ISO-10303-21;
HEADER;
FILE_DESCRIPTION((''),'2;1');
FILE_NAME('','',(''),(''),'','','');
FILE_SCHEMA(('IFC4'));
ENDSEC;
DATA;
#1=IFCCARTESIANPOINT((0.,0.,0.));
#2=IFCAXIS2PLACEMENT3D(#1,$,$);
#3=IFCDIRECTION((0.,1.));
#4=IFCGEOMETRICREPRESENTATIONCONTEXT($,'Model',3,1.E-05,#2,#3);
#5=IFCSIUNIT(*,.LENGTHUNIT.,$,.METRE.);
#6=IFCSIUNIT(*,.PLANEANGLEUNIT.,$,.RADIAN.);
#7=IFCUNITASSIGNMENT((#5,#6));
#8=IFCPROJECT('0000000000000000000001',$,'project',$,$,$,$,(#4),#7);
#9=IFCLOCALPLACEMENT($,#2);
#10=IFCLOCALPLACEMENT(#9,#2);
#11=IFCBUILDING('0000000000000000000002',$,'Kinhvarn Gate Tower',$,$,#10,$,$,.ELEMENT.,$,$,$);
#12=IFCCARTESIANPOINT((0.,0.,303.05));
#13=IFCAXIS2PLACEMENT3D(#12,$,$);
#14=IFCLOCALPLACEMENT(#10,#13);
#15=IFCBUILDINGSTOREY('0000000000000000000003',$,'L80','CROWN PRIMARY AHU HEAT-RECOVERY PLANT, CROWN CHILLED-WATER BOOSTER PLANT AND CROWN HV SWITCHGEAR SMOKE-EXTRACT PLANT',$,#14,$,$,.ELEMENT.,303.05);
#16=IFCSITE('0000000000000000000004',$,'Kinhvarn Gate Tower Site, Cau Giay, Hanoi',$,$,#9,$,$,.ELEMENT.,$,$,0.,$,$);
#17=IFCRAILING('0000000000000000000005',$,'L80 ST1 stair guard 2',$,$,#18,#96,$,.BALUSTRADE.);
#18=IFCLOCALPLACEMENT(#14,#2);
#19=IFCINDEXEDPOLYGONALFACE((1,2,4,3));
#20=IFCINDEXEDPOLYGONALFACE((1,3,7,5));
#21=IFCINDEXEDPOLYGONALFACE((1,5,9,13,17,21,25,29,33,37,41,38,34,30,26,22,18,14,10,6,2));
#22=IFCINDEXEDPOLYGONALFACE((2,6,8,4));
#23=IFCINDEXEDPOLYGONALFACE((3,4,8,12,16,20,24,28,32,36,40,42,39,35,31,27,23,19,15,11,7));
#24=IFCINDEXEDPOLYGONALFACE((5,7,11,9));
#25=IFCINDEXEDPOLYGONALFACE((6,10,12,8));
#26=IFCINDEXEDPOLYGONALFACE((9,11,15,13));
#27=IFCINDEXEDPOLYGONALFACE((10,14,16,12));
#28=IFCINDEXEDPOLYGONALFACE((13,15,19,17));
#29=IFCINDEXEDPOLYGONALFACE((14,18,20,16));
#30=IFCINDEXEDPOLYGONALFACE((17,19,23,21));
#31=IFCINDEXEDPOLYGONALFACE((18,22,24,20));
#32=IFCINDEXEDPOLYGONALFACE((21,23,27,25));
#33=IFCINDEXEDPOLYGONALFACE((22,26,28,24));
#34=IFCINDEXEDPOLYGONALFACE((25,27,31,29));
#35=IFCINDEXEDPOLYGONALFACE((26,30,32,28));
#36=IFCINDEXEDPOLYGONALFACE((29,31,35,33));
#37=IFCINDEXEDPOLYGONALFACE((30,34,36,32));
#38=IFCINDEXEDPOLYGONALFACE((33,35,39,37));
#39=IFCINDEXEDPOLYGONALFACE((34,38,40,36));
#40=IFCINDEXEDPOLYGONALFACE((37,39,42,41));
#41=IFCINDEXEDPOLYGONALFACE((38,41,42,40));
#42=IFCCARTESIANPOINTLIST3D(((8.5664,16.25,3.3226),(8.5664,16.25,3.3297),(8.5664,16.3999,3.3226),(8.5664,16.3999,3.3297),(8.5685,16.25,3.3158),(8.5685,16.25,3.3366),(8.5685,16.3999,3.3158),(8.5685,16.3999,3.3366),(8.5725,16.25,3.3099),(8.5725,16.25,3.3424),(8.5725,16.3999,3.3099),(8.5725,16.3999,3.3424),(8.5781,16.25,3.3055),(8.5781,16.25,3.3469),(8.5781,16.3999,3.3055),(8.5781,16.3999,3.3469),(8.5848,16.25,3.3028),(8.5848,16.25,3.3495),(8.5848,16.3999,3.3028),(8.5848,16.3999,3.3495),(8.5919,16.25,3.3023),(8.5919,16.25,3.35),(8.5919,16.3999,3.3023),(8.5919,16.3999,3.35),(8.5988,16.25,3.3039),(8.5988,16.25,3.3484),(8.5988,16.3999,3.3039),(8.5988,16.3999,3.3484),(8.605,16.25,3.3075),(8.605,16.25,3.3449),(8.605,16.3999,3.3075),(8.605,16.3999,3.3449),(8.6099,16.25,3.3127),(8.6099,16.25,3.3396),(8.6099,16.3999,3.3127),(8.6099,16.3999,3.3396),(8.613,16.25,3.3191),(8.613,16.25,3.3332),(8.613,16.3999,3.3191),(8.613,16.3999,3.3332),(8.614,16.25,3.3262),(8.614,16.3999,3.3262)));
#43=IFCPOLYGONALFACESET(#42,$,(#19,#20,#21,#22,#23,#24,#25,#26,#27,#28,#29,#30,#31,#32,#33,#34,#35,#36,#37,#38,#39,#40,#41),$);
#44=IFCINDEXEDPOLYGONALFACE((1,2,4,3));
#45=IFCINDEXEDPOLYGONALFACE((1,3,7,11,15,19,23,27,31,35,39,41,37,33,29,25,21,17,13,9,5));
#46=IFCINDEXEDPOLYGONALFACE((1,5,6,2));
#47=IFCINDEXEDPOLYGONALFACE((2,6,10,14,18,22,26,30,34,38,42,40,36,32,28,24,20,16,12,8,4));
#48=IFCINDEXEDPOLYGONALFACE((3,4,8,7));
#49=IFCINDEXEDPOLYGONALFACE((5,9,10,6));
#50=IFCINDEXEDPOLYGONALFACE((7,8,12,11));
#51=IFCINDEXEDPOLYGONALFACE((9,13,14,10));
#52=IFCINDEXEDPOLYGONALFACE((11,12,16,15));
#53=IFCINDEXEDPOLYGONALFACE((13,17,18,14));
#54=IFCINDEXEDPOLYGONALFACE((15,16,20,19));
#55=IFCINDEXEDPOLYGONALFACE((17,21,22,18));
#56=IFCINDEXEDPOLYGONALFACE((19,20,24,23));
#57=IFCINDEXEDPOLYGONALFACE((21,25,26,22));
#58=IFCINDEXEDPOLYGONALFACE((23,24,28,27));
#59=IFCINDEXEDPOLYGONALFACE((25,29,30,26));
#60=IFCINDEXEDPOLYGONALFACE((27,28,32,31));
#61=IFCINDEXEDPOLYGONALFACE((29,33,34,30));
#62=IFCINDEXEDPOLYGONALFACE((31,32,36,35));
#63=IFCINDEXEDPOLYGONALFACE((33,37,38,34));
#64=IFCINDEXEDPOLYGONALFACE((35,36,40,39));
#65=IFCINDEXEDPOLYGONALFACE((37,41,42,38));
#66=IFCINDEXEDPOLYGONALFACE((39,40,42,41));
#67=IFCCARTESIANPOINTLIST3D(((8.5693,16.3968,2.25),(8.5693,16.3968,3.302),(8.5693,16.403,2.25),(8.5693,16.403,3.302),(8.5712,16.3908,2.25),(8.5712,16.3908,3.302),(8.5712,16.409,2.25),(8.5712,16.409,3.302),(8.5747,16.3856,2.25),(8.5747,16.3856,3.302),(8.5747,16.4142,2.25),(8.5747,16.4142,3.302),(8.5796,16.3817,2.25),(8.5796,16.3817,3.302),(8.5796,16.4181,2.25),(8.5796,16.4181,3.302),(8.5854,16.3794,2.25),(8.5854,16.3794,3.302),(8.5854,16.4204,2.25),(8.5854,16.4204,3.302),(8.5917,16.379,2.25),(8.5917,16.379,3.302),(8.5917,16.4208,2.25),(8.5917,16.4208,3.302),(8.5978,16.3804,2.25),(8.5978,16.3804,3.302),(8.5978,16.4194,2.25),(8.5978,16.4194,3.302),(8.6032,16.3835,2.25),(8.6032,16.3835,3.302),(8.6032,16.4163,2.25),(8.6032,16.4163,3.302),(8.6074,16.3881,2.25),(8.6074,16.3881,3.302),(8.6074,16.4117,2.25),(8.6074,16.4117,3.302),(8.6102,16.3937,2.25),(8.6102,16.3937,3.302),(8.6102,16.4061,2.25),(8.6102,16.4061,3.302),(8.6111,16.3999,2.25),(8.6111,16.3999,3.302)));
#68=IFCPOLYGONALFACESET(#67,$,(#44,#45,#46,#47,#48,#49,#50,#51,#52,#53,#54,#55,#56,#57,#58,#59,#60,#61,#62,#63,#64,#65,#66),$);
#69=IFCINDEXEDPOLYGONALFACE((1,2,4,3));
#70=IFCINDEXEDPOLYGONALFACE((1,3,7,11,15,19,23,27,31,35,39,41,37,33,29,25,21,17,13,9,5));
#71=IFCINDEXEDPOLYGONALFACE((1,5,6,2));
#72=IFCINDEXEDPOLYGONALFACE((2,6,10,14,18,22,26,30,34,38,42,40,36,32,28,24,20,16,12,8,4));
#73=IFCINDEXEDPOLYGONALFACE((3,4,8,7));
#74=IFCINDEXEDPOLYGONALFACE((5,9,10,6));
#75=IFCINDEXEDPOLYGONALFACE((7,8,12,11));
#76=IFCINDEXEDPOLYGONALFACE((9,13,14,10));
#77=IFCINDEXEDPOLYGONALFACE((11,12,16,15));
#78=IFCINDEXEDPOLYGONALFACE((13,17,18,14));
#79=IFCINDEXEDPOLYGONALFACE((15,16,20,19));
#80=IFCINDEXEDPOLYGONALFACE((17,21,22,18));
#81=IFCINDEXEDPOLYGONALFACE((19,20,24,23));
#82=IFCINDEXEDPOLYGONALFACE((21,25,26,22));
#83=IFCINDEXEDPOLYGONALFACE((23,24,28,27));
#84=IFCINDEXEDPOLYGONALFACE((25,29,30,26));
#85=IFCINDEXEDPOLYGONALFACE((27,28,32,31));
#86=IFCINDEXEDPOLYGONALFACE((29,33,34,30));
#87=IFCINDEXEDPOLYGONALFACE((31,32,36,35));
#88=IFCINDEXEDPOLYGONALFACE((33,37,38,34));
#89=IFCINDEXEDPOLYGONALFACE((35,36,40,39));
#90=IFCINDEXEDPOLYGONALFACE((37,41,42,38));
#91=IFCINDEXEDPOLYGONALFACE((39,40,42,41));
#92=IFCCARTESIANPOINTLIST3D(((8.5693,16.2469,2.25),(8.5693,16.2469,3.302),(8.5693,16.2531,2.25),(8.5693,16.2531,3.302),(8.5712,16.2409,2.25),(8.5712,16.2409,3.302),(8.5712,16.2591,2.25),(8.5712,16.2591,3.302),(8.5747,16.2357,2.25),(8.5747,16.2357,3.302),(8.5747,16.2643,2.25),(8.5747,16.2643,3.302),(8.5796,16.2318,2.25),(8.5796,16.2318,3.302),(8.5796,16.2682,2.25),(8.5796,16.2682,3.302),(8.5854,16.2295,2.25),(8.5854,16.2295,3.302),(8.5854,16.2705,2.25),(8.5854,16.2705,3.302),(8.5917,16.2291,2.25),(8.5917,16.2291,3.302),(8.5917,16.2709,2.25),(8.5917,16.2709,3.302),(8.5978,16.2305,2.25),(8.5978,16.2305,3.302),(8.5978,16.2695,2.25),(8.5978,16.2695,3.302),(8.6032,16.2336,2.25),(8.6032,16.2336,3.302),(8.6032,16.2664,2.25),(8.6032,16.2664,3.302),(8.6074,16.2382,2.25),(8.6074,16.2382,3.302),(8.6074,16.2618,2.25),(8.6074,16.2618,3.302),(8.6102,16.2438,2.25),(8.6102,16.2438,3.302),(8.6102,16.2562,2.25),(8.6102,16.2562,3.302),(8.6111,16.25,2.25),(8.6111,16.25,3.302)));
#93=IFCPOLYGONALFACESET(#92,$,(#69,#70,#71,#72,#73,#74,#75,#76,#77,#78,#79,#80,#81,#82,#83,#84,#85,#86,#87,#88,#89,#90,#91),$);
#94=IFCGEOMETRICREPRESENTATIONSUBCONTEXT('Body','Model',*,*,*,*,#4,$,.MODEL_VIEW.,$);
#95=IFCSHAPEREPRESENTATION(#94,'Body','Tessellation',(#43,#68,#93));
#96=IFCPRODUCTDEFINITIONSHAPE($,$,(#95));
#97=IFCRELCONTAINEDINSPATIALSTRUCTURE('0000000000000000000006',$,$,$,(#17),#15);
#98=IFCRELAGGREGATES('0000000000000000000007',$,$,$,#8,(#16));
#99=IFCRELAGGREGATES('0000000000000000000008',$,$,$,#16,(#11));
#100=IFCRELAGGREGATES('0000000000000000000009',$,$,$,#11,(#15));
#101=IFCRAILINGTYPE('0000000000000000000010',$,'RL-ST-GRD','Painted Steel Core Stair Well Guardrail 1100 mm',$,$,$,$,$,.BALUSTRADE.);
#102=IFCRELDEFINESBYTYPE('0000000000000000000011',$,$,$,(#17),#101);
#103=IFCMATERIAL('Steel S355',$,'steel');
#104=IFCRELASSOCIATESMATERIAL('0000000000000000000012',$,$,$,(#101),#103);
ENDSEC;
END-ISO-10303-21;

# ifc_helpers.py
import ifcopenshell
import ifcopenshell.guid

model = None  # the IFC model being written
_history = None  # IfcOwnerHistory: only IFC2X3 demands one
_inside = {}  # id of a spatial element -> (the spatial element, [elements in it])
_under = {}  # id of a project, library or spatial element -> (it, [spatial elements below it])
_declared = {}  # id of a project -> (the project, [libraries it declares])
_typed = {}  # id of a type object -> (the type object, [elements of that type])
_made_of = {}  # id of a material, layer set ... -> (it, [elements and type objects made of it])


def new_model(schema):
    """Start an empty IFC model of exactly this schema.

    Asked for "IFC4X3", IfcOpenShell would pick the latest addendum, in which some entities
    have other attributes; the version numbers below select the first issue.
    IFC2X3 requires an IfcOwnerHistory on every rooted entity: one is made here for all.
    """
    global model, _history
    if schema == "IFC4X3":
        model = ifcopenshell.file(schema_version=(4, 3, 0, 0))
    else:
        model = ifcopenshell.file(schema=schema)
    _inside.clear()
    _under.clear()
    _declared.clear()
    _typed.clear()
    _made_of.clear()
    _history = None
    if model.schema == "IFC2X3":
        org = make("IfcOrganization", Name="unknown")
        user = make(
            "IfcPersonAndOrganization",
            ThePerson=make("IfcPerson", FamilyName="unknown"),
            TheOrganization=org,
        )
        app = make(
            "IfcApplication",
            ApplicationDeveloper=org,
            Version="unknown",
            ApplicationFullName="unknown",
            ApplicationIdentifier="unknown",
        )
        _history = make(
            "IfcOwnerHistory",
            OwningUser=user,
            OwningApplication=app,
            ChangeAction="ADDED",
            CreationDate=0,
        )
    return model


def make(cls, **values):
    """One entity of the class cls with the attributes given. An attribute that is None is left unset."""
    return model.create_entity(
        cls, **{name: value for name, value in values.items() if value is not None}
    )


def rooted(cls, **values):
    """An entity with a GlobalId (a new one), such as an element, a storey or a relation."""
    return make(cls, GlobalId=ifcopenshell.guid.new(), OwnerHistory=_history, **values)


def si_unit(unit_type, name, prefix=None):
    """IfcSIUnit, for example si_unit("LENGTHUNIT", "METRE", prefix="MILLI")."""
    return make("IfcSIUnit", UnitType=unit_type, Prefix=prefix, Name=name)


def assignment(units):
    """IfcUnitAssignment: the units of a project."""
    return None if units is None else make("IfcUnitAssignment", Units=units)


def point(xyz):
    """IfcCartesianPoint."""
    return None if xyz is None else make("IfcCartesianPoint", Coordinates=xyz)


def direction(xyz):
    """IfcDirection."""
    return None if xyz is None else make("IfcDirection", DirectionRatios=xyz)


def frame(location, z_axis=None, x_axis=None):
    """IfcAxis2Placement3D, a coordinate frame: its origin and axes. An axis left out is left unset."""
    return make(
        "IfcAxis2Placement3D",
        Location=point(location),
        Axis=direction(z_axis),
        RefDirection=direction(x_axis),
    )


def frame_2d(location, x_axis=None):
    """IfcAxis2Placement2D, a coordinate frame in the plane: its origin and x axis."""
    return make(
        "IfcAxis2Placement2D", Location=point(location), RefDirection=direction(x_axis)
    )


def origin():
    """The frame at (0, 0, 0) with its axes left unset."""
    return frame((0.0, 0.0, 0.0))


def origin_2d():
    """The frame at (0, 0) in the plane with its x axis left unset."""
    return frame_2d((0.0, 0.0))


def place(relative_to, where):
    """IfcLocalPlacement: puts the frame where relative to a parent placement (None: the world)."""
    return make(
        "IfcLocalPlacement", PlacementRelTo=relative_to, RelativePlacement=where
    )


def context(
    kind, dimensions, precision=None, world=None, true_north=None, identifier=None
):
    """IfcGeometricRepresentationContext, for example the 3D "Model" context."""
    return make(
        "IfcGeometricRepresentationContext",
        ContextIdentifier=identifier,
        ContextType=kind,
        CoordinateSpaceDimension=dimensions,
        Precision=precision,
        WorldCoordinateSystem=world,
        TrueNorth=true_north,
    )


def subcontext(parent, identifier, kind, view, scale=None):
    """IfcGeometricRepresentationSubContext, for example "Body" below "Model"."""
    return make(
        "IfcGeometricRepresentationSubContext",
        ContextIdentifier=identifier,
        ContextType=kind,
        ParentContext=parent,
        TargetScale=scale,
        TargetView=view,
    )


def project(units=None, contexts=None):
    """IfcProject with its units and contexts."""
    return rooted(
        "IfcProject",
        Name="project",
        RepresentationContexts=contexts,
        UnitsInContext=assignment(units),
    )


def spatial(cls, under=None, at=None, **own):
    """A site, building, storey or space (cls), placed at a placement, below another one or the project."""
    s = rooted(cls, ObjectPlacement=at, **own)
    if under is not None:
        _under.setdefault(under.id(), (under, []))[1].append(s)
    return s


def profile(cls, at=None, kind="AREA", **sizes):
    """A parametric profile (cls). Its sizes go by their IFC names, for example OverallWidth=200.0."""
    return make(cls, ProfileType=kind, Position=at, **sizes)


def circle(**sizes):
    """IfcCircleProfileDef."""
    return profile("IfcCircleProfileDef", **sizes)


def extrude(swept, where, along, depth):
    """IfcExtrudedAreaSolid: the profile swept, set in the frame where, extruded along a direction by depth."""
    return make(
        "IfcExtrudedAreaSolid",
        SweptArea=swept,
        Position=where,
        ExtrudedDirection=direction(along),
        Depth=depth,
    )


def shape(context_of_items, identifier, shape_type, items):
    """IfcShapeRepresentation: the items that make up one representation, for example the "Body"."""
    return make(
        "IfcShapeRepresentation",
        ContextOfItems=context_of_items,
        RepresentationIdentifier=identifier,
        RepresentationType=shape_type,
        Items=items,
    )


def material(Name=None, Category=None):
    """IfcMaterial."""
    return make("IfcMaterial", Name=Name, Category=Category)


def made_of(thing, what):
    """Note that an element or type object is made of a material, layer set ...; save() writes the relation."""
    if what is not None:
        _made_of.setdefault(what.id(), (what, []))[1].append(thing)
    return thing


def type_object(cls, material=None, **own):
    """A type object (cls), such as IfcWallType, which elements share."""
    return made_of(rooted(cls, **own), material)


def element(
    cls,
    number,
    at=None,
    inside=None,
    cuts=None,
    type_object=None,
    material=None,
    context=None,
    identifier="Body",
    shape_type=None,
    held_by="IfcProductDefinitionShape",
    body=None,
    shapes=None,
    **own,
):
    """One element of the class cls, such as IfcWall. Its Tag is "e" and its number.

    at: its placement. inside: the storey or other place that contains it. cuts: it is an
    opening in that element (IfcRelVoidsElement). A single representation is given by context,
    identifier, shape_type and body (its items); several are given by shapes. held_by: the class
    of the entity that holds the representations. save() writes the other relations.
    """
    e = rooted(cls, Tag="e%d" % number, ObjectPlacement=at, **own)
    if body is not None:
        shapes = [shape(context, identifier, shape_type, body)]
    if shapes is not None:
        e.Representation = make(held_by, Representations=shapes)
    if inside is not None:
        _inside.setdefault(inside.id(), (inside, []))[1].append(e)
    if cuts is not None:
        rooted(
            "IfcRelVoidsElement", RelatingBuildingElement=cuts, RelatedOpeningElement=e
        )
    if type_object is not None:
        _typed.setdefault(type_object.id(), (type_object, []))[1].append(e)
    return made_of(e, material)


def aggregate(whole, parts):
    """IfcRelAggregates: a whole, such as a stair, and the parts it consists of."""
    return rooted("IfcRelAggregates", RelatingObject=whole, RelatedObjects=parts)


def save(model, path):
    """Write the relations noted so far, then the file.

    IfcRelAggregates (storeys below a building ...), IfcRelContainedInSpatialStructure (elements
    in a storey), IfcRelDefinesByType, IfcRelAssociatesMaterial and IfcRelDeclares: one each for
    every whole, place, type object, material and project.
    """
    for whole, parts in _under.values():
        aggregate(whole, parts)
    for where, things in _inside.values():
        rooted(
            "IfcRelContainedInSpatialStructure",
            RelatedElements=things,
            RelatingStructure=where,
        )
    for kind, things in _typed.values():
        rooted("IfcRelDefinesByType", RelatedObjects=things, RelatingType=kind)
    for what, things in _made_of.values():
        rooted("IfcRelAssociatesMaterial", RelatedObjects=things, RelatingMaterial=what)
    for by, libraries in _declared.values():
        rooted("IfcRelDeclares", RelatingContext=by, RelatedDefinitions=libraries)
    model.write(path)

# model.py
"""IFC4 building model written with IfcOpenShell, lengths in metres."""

from ifc_helpers import new_model, si_unit, direction, frame, origin, origin_2d, place, context, subcontext, project, spatial, circle, extrude, material, type_object, element, save


model = new_model("IFC4")

# Units and contexts
model_context = context("Model", 3, precision=1e-05, world=origin(), true_north=direction((0.0, 1.0)))
body_context = subcontext(model_context, "Body", "Model", "MODEL_VIEW")
ifc_project = project(units=[si_unit("LENGTHUNIT", "METRE"), si_unit("PLANEANGLEUNIT", "RADIAN")], contexts=[model_context])

# Site, building, storey
site_placement = place(None, origin())
site = spatial("IfcSite", under=ifc_project, at=site_placement, Name="Kinhvarn Gate Tower Site, Cau Giay, Hanoi", CompositionType="ELEMENT", RefElevation=0.0)
building_placement = place(site_placement, origin())
building = spatial("IfcBuilding", under=site, at=building_placement, Name="Kinhvarn Gate Tower", CompositionType="ELEMENT")
storey_placement = place(building_placement, frame((0.0, 0.0, 303.05)))
storey = spatial("IfcBuildingStorey", under=building, at=storey_placement, Name="L80", Description="CROWN PRIMARY AHU HEAT-RECOVERY PLANT, CROWN CHILLED-WATER BOOSTER PLANT AND CROWN HV SWITCHGEAR SMOKE-EXTRACT PLANT", CompositionType="ELEMENT", Elevation=303.05)

# Railing
ifc_material_1 = material(Name="Steel S355", Category="steel")
railing_type_1 = type_object("IfcRailingType", Name="RL-ST-GRD", Description="Painted Steel Core Stair Well Guardrail 1100 mm", PredefinedType="BALUSTRADE", material=ifc_material_1)
railing_1_placement = place(storey_placement, frame((8.5901, 16.3999, 2.25)))
element("IfcRailing", 1, at=railing_1_placement, inside=storey, type_object=railing_type_1, Name="L80 ST1 stair guard 2", PredefinedType="BALUSTRADE", context=body_context, shape_type="SweptSolid", body=[
    extrude(circle(Radius=0.0239, at=origin_2d()), frame((0.0, 0.0, 1.0762), z_axis=(0.0, -1.0, 0.0), x_axis=(1.0, 0.0, 0.0)), (0.0, 0.0, 1.0), 0.1499),
    extrude(circle(Radius=0.021, at=origin_2d()), origin(), (0.0, 0.0, 1.0), 1.052),
    extrude(circle(Radius=0.021, at=origin_2d()), frame((0.0, -0.1499, 0.0)), (0.0, 0.0, 1.0), 1.052),
])

save(model, "model.ifc")
